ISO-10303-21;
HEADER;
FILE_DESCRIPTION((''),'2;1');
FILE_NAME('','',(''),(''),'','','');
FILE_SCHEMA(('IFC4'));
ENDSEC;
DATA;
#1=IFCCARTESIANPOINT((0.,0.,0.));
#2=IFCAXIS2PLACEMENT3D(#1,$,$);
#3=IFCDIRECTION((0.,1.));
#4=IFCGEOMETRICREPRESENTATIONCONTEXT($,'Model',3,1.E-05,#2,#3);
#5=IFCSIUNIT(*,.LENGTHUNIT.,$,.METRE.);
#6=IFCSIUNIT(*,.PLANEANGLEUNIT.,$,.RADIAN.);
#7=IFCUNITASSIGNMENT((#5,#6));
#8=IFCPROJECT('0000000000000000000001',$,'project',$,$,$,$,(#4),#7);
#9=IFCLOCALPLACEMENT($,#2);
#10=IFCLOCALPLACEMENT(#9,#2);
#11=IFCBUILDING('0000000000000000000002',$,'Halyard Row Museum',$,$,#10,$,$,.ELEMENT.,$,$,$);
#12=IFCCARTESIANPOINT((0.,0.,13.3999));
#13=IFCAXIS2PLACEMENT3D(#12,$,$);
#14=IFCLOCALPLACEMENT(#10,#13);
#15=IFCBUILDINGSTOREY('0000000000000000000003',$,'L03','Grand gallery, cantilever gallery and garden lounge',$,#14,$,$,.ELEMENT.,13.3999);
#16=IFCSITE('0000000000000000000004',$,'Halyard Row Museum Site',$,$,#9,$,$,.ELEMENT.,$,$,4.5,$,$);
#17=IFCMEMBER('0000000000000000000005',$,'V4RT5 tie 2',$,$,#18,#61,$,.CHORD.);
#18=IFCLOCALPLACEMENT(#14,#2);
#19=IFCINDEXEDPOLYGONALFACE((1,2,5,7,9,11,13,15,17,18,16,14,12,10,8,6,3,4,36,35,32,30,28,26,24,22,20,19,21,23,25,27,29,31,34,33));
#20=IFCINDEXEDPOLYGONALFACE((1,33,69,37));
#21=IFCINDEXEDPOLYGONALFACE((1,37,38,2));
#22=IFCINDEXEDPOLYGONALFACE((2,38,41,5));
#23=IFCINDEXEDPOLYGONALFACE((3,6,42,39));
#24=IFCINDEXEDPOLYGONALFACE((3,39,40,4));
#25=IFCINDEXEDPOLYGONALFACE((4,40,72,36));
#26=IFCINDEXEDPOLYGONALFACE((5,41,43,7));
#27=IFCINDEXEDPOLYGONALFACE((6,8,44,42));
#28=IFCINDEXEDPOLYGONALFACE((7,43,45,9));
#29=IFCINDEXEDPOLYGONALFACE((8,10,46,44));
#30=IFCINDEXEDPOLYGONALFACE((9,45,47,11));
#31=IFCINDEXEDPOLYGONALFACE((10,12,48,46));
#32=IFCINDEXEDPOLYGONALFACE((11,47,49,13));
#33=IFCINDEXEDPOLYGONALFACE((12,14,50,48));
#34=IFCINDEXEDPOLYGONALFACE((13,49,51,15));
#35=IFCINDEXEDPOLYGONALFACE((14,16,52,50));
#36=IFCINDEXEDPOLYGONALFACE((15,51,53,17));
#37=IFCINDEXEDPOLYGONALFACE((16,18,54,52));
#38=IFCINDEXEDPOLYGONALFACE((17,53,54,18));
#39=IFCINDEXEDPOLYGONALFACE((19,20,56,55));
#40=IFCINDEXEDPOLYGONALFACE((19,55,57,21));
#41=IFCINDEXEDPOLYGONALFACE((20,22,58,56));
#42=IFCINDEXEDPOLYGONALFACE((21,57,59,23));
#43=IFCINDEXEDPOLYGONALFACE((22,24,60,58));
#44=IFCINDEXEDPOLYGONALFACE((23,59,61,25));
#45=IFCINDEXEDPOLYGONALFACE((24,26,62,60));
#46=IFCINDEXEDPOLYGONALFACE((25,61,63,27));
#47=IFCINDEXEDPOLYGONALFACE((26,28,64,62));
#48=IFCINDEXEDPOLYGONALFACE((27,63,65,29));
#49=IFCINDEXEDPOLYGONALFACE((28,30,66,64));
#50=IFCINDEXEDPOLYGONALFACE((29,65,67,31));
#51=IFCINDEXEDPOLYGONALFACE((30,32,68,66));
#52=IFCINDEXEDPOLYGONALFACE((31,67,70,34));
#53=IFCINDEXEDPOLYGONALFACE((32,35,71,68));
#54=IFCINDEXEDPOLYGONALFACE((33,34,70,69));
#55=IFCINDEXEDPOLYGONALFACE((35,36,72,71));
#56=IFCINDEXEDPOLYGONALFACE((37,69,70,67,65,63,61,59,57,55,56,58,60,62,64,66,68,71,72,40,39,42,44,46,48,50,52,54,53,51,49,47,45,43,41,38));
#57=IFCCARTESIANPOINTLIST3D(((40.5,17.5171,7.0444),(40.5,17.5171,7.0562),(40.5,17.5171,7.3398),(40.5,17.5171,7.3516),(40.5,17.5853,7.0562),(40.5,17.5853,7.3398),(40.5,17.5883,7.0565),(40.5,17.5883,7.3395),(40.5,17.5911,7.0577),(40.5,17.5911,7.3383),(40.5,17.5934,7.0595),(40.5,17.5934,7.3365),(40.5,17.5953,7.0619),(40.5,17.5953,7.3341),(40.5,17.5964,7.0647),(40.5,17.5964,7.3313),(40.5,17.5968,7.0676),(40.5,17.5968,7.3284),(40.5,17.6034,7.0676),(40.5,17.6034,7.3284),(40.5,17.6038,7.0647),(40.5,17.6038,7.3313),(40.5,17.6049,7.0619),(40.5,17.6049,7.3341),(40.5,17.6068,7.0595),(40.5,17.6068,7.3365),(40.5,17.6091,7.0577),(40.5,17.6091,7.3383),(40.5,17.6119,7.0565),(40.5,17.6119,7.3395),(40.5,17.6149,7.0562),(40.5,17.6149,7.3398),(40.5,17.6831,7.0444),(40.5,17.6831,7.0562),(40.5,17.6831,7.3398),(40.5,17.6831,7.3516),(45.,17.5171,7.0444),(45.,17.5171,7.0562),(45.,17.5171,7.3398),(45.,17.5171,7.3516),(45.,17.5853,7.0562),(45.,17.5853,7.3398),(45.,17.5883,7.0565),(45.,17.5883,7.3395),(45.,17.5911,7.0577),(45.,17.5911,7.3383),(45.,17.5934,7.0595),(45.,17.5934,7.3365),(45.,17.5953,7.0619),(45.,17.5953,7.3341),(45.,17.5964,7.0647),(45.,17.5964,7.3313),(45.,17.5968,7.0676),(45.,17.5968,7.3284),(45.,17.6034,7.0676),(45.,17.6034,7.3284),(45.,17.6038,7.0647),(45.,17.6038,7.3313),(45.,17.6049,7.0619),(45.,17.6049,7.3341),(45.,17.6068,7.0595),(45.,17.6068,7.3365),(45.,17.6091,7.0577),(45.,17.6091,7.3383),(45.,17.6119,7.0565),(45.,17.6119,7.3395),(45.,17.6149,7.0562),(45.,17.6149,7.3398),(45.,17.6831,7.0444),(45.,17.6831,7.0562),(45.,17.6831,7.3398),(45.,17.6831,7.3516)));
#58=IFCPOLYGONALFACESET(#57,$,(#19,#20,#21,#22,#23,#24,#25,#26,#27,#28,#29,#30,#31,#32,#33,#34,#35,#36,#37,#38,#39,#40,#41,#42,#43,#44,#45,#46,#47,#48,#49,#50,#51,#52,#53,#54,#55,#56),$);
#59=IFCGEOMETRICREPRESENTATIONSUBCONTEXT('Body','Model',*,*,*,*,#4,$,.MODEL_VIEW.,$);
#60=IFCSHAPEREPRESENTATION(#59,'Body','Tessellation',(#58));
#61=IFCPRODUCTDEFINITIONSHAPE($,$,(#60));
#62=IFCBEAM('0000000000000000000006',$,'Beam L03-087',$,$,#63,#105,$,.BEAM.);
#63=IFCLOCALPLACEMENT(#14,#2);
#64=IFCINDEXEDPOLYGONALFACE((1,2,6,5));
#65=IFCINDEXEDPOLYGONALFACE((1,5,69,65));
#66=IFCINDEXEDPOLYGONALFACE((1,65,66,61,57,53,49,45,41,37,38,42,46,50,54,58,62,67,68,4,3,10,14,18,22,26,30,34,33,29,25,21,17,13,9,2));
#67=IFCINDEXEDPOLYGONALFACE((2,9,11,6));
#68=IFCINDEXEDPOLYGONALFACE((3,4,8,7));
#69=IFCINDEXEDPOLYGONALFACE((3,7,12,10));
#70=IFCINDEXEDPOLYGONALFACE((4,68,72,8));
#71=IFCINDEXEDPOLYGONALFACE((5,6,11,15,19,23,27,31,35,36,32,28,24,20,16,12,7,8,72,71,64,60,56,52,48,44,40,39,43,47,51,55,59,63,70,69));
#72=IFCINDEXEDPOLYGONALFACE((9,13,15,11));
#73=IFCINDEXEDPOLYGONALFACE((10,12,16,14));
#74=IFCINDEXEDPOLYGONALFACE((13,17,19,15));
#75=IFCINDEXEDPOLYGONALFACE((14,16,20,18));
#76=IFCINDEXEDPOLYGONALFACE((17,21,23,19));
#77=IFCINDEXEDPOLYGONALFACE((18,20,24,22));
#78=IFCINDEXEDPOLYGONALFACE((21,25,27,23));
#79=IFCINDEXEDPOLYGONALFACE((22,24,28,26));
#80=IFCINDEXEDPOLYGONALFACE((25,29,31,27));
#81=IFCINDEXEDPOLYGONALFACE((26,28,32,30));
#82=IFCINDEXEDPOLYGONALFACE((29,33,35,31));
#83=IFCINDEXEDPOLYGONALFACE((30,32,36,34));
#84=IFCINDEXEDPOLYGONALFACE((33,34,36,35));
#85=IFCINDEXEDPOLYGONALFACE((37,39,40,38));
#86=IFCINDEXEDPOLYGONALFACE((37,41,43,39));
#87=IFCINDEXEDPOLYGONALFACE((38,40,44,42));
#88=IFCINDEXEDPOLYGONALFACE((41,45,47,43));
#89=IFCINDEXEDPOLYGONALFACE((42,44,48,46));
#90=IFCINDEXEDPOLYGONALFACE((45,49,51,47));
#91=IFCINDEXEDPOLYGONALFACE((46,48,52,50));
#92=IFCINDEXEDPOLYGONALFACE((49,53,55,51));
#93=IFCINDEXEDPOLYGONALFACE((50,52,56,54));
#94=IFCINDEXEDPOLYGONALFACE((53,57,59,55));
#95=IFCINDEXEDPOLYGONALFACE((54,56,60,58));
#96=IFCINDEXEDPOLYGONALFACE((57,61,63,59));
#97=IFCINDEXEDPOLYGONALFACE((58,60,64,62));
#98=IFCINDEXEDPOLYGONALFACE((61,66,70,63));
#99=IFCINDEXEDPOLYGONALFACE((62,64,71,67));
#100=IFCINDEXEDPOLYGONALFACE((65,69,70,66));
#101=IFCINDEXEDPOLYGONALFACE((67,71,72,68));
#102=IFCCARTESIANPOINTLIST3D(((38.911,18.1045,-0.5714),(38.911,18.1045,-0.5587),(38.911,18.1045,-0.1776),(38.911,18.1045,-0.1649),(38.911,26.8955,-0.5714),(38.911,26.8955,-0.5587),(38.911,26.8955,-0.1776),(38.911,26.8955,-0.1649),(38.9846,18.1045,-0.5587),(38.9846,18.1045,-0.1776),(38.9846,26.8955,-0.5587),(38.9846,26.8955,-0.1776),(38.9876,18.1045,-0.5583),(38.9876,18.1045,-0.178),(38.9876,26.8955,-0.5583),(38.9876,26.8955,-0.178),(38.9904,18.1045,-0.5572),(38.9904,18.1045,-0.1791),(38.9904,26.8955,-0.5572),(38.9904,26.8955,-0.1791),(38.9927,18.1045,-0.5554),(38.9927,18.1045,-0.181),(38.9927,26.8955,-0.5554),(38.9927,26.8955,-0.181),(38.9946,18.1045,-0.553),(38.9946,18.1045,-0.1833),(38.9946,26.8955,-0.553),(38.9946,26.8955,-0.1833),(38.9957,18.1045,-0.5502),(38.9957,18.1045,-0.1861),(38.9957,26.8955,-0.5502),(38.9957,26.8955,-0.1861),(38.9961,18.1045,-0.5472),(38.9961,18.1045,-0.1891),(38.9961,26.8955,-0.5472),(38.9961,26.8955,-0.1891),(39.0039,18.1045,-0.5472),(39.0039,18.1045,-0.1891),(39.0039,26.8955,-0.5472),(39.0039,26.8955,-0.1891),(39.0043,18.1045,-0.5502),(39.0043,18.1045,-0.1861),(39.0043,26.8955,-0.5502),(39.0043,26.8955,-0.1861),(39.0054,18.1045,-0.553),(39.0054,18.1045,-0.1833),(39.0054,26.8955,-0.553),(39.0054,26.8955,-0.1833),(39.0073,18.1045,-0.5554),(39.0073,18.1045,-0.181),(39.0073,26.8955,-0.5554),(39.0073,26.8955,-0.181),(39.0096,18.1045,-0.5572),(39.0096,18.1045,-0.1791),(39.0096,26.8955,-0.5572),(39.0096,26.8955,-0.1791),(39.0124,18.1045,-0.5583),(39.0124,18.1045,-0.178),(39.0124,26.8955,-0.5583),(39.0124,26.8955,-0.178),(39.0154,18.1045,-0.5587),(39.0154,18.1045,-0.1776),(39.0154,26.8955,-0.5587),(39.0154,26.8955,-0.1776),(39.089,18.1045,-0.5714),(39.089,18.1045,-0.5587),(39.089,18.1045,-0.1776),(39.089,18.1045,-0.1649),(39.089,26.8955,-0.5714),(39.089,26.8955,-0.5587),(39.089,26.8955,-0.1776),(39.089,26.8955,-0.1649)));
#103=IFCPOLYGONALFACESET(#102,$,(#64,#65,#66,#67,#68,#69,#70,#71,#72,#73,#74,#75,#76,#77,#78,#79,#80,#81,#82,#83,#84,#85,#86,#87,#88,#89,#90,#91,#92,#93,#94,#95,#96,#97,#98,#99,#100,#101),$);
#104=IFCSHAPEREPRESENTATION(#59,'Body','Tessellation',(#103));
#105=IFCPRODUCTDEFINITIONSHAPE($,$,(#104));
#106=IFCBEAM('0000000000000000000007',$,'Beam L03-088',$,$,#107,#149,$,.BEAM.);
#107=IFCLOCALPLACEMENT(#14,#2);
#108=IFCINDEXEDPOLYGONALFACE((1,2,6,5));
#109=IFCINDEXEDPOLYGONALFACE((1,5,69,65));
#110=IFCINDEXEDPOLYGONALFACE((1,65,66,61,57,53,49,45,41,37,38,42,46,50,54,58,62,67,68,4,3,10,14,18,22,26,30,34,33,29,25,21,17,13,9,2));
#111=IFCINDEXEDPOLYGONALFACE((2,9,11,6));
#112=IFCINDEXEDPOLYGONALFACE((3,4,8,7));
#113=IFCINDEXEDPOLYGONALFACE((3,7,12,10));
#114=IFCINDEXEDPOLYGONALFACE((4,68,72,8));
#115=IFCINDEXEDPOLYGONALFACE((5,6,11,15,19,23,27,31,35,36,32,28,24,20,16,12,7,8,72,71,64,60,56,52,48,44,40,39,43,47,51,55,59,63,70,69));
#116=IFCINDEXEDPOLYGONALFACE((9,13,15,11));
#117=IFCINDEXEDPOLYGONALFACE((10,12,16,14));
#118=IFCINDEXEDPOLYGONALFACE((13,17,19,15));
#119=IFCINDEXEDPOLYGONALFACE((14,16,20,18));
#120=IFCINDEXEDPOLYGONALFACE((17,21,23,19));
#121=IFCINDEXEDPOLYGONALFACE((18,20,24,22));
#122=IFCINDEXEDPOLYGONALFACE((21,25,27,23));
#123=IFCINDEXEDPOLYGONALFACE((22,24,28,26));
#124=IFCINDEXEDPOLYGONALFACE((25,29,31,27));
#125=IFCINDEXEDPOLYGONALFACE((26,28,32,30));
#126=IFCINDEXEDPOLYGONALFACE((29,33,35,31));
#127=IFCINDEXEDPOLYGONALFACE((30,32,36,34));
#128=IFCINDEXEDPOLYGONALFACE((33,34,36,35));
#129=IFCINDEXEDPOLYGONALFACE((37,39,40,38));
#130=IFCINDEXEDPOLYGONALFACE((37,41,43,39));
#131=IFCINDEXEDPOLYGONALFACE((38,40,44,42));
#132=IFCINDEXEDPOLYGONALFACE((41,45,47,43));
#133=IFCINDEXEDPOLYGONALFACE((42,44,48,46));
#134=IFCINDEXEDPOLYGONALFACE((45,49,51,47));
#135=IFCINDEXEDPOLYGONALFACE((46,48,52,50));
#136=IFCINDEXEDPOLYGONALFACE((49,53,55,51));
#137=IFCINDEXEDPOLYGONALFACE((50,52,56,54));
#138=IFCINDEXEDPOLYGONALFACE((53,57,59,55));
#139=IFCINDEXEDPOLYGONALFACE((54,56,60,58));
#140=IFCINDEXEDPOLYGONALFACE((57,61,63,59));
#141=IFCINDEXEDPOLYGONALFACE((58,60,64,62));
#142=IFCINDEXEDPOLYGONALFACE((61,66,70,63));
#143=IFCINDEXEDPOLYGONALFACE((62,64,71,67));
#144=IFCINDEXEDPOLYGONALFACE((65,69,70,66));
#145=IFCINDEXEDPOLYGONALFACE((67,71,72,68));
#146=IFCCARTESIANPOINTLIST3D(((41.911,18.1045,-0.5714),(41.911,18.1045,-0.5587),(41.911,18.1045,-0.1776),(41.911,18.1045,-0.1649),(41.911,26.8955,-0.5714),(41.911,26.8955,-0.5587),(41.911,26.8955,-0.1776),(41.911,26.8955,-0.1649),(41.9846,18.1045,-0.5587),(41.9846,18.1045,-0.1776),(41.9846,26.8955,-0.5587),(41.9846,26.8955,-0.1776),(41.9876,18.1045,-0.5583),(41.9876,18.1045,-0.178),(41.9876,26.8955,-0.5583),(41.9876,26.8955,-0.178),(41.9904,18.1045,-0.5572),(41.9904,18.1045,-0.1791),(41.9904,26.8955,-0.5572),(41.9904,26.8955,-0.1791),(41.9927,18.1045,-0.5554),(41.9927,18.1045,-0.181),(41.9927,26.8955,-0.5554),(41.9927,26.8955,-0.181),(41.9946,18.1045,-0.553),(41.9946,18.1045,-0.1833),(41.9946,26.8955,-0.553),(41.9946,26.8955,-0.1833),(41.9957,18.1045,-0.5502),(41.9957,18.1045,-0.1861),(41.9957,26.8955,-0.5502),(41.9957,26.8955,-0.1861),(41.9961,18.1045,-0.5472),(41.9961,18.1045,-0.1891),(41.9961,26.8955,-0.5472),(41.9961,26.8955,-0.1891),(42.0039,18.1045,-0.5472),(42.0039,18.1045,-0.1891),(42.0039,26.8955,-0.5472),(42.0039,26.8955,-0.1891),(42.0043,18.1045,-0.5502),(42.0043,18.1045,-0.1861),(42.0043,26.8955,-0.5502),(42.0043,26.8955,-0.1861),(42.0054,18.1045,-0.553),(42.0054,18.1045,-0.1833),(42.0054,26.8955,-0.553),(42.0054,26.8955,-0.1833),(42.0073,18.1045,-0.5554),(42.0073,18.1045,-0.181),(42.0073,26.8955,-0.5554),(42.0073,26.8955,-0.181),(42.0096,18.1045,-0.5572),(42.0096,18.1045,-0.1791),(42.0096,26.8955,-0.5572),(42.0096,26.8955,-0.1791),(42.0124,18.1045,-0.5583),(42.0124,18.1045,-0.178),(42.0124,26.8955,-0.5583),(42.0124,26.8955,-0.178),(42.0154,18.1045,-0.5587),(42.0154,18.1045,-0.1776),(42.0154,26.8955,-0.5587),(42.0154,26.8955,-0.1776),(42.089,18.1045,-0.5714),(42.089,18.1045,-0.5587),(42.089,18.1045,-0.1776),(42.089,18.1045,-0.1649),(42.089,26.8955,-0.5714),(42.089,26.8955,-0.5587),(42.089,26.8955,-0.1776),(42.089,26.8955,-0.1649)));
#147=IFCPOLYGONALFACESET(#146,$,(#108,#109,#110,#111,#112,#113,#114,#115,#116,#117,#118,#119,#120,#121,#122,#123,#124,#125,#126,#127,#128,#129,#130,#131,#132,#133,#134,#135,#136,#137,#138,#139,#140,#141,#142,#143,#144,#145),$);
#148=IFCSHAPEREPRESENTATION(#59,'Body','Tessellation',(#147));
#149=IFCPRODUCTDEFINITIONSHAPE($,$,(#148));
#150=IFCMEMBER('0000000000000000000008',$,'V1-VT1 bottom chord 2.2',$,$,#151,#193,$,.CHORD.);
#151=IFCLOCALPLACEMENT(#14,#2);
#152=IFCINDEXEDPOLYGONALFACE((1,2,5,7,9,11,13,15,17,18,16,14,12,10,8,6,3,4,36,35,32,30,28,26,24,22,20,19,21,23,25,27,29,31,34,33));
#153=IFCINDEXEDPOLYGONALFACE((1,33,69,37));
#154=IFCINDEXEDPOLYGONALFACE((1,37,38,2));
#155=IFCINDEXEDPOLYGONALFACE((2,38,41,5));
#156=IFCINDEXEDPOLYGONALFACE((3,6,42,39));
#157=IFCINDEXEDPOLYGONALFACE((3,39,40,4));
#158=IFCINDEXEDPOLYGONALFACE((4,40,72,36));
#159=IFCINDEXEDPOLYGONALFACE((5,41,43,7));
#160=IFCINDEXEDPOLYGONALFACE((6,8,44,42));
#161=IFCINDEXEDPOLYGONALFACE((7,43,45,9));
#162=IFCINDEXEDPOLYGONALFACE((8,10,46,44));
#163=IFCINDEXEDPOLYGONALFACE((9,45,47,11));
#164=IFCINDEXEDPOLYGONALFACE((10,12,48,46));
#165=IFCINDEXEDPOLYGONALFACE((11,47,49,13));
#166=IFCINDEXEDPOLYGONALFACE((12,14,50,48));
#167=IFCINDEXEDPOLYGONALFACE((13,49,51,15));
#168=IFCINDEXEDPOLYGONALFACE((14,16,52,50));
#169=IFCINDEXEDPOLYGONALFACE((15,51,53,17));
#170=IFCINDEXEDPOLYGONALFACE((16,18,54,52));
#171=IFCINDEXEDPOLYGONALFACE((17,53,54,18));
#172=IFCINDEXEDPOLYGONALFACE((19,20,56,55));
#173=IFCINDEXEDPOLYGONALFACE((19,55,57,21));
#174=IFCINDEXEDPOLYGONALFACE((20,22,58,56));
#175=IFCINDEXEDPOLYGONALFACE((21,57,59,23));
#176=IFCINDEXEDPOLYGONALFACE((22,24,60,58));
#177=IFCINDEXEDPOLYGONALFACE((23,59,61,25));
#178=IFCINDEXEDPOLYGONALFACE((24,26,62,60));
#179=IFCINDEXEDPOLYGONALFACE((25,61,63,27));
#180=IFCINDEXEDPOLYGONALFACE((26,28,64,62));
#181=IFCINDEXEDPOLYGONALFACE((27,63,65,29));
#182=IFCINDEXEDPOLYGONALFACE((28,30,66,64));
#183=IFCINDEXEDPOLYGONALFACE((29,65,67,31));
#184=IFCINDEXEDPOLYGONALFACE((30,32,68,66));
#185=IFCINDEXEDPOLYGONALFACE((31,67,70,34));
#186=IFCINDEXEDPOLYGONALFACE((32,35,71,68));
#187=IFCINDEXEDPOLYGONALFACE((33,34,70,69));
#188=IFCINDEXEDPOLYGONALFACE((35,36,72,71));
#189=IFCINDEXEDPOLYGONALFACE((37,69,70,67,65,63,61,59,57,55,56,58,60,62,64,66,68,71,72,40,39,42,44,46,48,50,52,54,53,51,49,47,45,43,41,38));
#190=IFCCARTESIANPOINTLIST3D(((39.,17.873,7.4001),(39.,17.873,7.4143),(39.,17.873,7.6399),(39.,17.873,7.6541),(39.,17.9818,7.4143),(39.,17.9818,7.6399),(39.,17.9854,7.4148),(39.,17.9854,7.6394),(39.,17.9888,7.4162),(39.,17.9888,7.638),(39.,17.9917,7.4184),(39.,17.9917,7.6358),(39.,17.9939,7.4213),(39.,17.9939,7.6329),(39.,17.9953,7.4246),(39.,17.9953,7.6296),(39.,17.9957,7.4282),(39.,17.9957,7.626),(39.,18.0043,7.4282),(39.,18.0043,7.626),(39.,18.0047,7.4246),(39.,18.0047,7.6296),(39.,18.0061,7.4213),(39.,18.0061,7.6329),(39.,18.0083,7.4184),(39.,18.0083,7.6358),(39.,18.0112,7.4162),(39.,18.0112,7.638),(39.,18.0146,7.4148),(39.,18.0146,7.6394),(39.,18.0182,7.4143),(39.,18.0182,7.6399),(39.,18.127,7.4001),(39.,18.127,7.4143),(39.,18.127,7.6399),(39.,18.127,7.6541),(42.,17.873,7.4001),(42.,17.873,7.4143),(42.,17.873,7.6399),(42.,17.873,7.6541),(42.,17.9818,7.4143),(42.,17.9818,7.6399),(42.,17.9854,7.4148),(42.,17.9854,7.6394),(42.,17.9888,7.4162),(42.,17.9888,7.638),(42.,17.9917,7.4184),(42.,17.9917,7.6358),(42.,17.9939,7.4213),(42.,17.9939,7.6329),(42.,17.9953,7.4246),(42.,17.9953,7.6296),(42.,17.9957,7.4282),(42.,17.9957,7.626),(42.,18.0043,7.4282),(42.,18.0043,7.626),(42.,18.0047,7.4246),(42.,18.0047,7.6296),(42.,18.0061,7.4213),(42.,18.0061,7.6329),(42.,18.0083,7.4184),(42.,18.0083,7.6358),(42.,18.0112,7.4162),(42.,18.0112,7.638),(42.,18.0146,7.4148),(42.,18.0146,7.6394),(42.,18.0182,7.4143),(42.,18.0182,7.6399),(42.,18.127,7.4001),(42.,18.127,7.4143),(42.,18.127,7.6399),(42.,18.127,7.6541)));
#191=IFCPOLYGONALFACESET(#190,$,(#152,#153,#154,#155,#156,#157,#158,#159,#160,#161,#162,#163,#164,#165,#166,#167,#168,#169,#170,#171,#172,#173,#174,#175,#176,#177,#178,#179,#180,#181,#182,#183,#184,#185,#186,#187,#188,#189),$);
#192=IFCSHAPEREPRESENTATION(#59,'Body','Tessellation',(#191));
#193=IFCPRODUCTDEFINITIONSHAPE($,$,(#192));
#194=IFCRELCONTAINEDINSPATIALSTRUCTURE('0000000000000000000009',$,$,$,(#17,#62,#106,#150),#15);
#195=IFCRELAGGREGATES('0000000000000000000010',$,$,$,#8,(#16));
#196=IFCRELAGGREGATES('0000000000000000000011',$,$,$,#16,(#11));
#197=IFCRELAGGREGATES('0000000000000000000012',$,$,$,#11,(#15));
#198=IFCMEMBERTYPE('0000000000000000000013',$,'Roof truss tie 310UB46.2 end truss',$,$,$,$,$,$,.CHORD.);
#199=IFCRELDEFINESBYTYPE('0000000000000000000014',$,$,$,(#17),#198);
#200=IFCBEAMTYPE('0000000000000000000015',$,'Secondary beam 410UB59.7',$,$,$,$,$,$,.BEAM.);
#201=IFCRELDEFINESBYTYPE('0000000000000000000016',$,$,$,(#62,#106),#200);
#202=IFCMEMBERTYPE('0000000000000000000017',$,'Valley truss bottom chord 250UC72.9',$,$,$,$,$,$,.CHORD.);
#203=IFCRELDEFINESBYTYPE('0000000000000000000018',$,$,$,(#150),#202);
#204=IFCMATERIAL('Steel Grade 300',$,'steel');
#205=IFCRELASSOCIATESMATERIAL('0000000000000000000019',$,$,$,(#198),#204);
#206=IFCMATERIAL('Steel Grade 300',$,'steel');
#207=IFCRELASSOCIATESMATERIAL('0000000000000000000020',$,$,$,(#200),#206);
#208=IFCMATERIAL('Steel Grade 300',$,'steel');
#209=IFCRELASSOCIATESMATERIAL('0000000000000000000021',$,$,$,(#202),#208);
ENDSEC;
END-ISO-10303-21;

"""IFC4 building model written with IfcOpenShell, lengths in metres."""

from ifc_helpers import new_model, si_unit, direction, frame, origin, origin_2d, place, context, subcontext, project, spatial, i_section, extrude, material, material_profile, profile_set, type_object, element, save


model = new_model("IFC4")

# Units and contexts
model_context = context("Model", 3, precision=1e-05, world=origin(), true_north=direction((0.0, 1.0)))
body_context = subcontext(model_context, "Body", "Model", "MODEL_VIEW")
ifc_project = project(units=[si_unit("LENGTHUNIT", "METRE"), si_unit("PLANEANGLEUNIT", "RADIAN")], contexts=[model_context])

# Site, building, storey
site_placement = place(None, origin())
site = spatial("IfcSite", under=ifc_project, at=site_placement, Name="Halyard Row Museum Site", CompositionType="ELEMENT", RefElevation=4.5)
building_placement = place(site_placement, origin())
building = spatial("IfcBuilding", under=site, at=building_placement, Name="Halyard Row Museum", CompositionType="ELEMENT")
storey_placement = place(building_placement, frame((0.0, 0.0, 13.3999)))
storey = spatial("IfcBuildingStorey", under=building, at=storey_placement, Name="L03", Description="Grand gallery, cantilever gallery and garden lounge", CompositionType="ELEMENT", Elevation=13.3999)

# Member
ifc_material_1 = material(Name="Steel Grade 300", Category="steel")
ifc_material_profile_1 = material_profile(ifc_material_1, i_section(OverallWidth=0.166, OverallDepth=0.3071, WebThickness=0.0066, FlangeThickness=0.0117, FilletRadius=0.0115, at=origin_2d()), Name="310UB46.2")
ifc_profile_set_1 = profile_set([ifc_material_profile_1], Name="Steel Grade 300")
member_type_1 = type_object("IfcMemberType", Name="Roof truss tie 310UB46.2 end truss", PredefinedType="CHORD", material=ifc_profile_set_1)
member_1_placement = place(storey_placement, frame((40.5, 17.6001, 7.198), z_axis=(1.0, 0.0, 0.0), x_axis=(0.0, 1.0, 0.0)))
element("IfcMember", 1, at=member_1_placement, inside=storey, type_object=member_type_1, Name="V4RT5 tie 2", PredefinedType="CHORD", context=body_context, shape_type="SweptSolid", body=[
    extrude(i_section(OverallWidth=0.166, OverallDepth=0.3071, WebThickness=0.0066, FlangeThickness=0.0117, FilletRadius=0.0115, at=origin_2d()), origin(), (0.0, 0.0, 1.0), 4.5),
])

# Beams
ifc_material_2 = material(Name="Steel Grade 300", Category="steel")
ifc_material_profile_2 = material_profile(ifc_material_2, i_section(OverallWidth=0.178, OverallDepth=0.4065, WebThickness=0.0078, FlangeThickness=0.0127, FilletRadius=0.0115, at=origin_2d()), Name="410UB59.7")
ifc_profile_set_2 = profile_set([ifc_material_profile_2], Name="Steel Grade 300")
beam_type = type_object("IfcBeamType", Name="Secondary beam 410UB59.7", PredefinedType="BEAM", material=ifc_profile_set_2)
for number, where, z_axis, x_axis, name in (
    (2, (39.0, 18.1045, -0.3682), (0.0, 1.0, 0.0), (-1.0, 0.0, 0.0), "Beam L03-087"),
    (3, (42.0, 18.1045, -0.3682), (0.0, 1.0, 0.0), (-1.0, 0.0, 0.0), "Beam L03-088"),
):
    element("IfcBeam", number, at=place(storey_placement, frame(where, z_axis=z_axis, x_axis=x_axis)), inside=storey, type_object=beam_type, Name=name, PredefinedType="BEAM", context=body_context, shape_type="SweptSolid", body=[
        extrude(i_section(OverallWidth=0.178, OverallDepth=0.4065, WebThickness=0.0078, FlangeThickness=0.0127, FilletRadius=0.0115, at=origin_2d()), origin(), (0.0, 0.0, 1.0), 8.791),
    ])

# Member
ifc_material_3 = material(Name="Steel Grade 300", Category="steel")
ifc_material_profile_3 = material_profile(ifc_material_3, i_section(OverallWidth=0.2539, OverallDepth=0.2539, WebThickness=0.0085, FlangeThickness=0.0142, FilletRadius=0.0139, at=origin_2d()), Name="250UC72.9")
ifc_profile_set_3 = profile_set([ifc_material_profile_3], Name="Steel Grade 300")
member_type_2 = type_object("IfcMemberType", Name="Valley truss bottom chord 250UC72.9", PredefinedType="CHORD", material=ifc_profile_set_3)
for number, where, z_axis, x_axis, name in (
    (4, (39.0, 18.0, 7.5271), (1.0, 0.0, 0.0), (0.0, 1.0, 0.0), "V1-VT1 bottom chord 2.2"),
):
    element("IfcMember", number, at=place(storey_placement, frame(where, z_axis=z_axis, x_axis=x_axis)), inside=storey, type_object=member_type_2, Name=name, PredefinedType="CHORD", context=body_context, shape_type="SweptSolid", body=[
        extrude(i_section(OverallWidth=0.2539, OverallDepth=0.2539, WebThickness=0.0085, FlangeThickness=0.0142, FilletRadius=0.0139, at=origin_2d()), origin(), (0.0, 0.0, 1.0), 3.0),
    ])

save(model, "model.ifc")
